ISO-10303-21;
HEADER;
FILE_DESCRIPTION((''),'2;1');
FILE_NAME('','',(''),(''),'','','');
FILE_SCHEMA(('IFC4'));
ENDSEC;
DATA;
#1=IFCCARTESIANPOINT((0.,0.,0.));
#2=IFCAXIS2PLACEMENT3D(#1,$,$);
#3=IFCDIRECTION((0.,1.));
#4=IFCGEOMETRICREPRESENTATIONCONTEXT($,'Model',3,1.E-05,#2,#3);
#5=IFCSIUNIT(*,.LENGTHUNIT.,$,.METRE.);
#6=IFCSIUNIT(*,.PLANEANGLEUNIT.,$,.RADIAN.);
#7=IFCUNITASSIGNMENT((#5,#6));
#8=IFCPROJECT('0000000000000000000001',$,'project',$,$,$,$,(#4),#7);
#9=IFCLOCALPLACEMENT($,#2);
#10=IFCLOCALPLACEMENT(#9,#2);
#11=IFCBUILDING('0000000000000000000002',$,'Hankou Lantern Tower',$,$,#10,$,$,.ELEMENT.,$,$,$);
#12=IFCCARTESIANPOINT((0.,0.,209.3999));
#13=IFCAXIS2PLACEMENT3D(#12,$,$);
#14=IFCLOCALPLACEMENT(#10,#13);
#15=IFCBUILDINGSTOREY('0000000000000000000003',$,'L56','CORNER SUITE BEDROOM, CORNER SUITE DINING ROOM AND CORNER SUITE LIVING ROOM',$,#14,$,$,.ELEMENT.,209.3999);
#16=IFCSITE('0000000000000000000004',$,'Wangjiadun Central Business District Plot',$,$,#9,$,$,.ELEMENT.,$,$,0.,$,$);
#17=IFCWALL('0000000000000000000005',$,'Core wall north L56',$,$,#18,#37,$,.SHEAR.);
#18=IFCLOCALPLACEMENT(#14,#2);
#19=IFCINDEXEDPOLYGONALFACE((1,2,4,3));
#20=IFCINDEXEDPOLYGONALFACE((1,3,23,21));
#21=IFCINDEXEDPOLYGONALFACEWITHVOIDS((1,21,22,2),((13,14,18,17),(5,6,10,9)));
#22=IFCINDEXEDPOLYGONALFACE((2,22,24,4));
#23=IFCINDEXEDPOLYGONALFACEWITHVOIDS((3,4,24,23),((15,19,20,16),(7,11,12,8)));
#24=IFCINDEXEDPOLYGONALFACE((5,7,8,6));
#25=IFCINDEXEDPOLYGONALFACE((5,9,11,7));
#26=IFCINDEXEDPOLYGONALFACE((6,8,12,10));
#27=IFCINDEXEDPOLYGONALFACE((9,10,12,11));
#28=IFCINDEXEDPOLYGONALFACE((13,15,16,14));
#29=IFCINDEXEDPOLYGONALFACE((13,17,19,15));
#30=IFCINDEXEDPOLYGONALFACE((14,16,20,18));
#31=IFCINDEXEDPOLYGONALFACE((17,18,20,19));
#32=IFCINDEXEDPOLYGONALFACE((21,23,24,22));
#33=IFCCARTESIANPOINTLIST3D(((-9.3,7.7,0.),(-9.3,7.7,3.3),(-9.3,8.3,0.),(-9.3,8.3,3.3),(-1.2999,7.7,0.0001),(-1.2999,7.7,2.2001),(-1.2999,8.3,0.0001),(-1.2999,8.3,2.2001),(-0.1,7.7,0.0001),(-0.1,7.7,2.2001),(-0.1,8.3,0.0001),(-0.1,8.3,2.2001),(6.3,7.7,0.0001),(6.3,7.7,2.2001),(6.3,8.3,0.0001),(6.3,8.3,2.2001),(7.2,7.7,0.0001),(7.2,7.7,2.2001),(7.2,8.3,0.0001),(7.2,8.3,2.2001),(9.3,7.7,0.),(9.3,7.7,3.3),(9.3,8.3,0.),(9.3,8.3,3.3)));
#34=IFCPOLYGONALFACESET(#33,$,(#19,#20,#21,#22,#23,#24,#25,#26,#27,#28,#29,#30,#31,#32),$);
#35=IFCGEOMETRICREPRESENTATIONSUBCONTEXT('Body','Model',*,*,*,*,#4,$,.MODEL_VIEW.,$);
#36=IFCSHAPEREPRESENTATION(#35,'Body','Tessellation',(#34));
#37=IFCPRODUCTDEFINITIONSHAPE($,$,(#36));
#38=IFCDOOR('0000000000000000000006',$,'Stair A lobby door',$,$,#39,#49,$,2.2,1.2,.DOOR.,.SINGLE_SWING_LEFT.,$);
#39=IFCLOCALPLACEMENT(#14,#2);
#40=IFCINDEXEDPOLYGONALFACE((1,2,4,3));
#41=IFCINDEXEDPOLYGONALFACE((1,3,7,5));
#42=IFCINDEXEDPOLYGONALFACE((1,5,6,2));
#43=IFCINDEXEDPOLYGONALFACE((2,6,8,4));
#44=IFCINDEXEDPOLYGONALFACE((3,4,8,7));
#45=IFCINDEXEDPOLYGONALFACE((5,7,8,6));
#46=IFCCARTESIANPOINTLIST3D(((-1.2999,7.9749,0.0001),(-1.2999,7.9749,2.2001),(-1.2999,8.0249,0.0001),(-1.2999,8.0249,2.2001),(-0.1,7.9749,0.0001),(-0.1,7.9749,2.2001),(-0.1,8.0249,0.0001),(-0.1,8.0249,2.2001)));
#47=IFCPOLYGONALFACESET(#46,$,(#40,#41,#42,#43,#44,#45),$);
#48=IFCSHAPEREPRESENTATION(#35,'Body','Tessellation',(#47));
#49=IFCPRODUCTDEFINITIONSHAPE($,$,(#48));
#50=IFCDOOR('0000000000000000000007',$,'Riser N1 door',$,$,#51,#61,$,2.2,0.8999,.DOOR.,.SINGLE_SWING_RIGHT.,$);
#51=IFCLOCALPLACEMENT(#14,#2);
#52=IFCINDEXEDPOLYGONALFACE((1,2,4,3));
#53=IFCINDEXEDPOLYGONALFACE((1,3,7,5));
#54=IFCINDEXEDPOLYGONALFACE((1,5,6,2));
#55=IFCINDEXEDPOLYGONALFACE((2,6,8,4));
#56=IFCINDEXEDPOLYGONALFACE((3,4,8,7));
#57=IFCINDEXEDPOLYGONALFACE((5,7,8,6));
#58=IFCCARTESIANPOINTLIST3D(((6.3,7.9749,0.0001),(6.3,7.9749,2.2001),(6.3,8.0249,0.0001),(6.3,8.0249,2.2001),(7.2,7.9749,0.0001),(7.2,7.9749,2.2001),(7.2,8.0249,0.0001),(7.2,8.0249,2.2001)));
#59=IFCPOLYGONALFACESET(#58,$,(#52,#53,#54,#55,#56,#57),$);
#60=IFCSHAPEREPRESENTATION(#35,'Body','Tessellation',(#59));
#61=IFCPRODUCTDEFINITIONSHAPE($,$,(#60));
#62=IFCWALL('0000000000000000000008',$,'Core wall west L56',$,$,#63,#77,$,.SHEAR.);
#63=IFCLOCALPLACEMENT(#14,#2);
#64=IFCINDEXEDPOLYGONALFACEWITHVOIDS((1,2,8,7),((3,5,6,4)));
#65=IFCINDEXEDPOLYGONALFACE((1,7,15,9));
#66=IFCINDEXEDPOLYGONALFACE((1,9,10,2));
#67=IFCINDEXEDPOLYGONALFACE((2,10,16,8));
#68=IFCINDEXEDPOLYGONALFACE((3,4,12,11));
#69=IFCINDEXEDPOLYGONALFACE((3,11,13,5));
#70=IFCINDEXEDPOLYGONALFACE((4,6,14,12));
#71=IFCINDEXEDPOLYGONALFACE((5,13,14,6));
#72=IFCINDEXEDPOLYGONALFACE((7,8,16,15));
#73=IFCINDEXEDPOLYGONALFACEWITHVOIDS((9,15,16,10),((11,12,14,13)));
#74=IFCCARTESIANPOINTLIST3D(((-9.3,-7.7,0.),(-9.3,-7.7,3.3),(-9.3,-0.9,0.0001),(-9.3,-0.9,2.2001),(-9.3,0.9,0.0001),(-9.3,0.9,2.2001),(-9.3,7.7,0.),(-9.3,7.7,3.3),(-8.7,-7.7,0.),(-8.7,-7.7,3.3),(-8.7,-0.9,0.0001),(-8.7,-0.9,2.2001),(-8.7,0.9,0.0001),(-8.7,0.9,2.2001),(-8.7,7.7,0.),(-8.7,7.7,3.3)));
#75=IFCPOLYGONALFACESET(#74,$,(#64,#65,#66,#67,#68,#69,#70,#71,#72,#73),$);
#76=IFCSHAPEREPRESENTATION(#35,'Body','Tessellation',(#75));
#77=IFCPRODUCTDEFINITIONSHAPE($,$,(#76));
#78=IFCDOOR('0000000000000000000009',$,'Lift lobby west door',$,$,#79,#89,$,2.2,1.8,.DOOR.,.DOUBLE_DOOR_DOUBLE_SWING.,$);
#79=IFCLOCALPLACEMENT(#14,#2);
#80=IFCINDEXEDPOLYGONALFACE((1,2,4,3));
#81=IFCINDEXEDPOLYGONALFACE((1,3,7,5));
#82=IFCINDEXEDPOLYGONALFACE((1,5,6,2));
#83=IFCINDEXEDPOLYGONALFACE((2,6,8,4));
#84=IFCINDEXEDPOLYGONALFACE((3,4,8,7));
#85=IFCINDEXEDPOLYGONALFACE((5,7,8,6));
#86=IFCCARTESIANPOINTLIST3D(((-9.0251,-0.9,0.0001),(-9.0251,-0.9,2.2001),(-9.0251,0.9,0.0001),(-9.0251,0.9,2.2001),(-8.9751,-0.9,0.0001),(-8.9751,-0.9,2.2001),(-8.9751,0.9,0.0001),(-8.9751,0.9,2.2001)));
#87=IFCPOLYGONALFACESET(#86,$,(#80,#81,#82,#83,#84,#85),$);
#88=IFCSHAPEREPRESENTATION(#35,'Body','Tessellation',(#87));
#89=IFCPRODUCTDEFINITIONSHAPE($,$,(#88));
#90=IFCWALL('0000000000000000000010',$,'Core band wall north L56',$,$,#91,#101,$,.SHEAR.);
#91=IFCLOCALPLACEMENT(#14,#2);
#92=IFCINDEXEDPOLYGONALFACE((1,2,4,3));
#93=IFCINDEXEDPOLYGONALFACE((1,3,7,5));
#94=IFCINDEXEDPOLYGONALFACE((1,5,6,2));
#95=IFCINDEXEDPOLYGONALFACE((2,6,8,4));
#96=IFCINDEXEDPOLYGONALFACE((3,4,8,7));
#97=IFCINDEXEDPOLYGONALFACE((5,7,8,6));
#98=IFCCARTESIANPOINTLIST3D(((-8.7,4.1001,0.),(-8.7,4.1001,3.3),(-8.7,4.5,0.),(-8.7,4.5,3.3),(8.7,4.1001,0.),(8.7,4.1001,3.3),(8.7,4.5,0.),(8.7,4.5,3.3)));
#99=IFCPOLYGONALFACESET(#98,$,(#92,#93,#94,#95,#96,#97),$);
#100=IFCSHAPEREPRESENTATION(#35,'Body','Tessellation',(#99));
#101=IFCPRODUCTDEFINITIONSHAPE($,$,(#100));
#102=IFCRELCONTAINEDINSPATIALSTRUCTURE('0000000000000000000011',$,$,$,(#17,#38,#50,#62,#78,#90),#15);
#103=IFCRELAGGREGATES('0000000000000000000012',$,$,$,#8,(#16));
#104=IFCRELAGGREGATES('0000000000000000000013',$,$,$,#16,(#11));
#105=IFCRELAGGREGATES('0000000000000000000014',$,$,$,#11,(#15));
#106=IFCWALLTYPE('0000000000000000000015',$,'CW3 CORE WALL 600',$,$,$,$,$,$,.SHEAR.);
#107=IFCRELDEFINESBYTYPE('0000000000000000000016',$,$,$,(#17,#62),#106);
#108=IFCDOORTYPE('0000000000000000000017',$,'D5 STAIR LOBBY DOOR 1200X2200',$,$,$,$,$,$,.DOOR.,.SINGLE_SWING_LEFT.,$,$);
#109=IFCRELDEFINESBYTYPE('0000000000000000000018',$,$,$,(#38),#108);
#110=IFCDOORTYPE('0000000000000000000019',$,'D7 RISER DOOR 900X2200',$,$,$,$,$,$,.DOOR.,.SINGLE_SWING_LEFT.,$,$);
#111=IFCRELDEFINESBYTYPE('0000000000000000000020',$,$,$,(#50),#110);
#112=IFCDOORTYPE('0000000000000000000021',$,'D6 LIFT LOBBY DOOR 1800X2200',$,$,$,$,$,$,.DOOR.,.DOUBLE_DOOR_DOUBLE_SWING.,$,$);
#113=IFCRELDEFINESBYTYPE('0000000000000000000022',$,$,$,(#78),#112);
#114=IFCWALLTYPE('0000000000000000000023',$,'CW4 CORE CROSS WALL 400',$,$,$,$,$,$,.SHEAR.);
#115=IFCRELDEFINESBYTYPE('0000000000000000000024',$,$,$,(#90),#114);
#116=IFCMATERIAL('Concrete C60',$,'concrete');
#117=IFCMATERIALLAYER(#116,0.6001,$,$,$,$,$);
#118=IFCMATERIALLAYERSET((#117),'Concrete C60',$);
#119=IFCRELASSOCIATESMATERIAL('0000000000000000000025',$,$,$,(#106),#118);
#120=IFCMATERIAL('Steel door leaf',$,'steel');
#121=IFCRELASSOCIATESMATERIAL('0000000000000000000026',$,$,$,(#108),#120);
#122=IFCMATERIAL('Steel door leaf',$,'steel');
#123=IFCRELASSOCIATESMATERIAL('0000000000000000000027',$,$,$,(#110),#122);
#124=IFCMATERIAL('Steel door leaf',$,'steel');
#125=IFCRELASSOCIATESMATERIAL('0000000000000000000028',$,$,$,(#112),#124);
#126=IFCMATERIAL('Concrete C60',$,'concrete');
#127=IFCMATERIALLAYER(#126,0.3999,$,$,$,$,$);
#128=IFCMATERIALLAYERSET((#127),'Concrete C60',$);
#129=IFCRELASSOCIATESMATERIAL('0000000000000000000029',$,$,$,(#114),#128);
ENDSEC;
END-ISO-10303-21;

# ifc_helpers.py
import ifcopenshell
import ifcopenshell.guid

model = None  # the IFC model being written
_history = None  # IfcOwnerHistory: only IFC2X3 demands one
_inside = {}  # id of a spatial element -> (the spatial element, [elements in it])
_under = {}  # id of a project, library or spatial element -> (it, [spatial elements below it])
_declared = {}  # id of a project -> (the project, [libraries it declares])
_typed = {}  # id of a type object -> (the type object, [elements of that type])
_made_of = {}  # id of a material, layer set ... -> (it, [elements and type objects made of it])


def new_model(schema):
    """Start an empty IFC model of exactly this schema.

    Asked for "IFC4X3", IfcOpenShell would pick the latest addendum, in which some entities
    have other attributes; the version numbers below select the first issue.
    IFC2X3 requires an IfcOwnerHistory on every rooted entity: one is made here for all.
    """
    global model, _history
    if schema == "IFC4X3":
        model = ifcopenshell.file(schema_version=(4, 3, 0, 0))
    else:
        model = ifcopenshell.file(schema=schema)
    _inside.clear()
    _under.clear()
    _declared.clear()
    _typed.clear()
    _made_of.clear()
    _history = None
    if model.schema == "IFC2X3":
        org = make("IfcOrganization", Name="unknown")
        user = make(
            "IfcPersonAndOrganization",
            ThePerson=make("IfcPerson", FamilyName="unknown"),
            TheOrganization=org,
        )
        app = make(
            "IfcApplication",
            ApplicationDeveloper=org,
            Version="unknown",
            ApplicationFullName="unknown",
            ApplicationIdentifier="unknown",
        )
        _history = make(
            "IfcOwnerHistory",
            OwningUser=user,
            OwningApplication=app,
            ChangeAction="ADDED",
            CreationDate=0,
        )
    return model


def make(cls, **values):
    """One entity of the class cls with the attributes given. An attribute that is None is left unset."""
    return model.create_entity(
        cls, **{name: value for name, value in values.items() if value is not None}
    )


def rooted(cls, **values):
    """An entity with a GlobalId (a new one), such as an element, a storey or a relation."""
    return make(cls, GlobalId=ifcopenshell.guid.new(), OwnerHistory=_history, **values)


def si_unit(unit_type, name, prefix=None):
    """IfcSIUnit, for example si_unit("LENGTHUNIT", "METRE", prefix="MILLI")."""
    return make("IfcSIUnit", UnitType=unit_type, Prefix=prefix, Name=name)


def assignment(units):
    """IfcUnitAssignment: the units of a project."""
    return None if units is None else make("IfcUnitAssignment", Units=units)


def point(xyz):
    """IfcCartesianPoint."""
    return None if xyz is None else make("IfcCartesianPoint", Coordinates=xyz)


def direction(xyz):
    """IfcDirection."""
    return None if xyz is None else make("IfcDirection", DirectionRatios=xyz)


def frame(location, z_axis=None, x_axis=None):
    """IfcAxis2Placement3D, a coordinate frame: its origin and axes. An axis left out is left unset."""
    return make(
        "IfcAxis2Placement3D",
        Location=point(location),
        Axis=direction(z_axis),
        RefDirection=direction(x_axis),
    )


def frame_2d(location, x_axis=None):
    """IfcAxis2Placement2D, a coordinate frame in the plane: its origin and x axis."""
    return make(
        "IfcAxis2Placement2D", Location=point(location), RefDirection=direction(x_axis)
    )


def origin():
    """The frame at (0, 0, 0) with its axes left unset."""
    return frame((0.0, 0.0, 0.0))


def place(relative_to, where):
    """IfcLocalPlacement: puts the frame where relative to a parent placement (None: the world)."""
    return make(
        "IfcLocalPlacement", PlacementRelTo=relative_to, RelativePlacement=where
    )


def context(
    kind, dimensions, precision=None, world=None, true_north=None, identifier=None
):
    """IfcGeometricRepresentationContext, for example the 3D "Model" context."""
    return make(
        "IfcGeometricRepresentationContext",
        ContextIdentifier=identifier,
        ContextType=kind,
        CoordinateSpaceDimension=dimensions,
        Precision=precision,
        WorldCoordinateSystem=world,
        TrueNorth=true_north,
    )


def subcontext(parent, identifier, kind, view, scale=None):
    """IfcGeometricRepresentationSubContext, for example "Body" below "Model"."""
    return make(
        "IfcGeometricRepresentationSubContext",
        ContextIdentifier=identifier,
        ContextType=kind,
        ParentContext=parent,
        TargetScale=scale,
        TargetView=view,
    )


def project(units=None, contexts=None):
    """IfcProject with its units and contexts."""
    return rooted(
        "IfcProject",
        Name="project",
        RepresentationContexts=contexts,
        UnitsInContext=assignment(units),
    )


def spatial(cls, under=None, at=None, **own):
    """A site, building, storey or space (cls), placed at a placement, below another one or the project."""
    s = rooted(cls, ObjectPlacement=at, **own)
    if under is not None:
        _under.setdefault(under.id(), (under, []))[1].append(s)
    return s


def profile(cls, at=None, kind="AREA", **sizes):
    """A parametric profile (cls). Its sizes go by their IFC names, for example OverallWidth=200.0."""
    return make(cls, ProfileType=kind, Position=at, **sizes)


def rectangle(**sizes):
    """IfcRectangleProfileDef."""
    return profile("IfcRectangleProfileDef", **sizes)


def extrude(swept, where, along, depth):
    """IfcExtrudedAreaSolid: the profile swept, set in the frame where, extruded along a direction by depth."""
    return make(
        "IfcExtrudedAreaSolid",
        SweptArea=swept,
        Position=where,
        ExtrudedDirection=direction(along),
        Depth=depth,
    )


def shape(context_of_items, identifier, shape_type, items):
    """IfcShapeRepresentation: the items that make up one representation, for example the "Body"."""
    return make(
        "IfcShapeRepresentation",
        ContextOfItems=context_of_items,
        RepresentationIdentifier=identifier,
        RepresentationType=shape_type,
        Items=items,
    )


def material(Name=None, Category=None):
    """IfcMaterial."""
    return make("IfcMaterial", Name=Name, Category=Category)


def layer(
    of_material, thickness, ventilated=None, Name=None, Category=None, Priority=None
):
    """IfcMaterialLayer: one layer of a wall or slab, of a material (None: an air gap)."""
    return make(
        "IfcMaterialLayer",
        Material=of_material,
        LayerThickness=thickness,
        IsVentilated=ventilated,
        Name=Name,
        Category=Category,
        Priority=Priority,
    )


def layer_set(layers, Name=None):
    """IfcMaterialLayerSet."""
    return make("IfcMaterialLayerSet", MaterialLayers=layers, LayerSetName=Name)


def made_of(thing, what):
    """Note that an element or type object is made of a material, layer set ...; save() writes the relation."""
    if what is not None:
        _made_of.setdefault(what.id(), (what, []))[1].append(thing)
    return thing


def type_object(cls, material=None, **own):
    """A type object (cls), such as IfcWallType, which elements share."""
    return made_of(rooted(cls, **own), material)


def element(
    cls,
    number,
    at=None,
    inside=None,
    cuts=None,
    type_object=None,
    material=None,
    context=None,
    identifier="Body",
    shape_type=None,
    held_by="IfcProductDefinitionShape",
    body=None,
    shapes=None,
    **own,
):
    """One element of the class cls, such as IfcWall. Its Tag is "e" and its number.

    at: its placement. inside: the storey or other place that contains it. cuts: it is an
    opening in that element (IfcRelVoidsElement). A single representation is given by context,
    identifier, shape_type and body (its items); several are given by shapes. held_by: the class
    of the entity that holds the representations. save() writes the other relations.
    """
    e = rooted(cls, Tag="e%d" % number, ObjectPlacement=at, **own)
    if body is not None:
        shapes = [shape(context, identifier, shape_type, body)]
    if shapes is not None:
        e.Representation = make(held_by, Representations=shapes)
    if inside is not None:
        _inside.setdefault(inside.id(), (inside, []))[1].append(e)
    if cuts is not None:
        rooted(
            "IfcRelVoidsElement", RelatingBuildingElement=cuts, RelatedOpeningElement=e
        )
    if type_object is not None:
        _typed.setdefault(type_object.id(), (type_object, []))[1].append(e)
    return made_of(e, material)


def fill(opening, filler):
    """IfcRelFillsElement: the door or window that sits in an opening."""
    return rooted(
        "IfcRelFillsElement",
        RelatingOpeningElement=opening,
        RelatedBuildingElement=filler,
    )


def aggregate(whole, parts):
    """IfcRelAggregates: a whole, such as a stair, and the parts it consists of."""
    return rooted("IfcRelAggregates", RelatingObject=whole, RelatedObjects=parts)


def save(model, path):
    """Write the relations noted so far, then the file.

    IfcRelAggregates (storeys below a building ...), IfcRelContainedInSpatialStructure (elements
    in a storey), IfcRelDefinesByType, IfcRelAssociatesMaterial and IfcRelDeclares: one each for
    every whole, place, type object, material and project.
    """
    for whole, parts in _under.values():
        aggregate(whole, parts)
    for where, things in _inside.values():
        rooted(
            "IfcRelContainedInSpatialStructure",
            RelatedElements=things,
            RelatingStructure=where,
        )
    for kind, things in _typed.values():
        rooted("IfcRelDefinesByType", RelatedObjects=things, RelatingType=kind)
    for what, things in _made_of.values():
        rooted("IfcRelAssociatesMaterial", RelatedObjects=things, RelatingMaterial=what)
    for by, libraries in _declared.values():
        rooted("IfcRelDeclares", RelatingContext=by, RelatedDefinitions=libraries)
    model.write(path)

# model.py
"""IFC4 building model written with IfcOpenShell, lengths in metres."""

from ifc_helpers import new_model, si_unit, direction, frame, frame_2d, origin, place, context, subcontext, project, spatial, rectangle, extrude, material, layer, layer_set, type_object, element, fill, save


model = new_model("IFC4")

# Units and contexts
model_context = context("Model", 3, precision=1e-05, world=origin(), true_north=direction((0.0, 1.0)))
body_context = subcontext(model_context, "Body", "Model", "MODEL_VIEW")
ifc_project = project(units=[si_unit("LENGTHUNIT", "METRE"), si_unit("PLANEANGLEUNIT", "RADIAN")], contexts=[model_context])

# Site, building, storey
site_placement = place(None, origin())
site = spatial("IfcSite", under=ifc_project, at=site_placement, Name="Wangjiadun Central Business District Plot", CompositionType="ELEMENT", RefElevation=0.0)
building_placement = place(site_placement, origin())
building = spatial("IfcBuilding", under=site, at=building_placement, Name="Hankou Lantern Tower", CompositionType="ELEMENT")
storey_placement = place(building_placement, frame((0.0, 0.0, 209.3999)))
storey = spatial("IfcBuildingStorey", under=building, at=storey_placement, Name="L56", Description="CORNER SUITE BEDROOM, CORNER SUITE DINING ROOM AND CORNER SUITE LIVING ROOM", CompositionType="ELEMENT", Elevation=209.3999)

# Wall, openings, doors
ifc_material_1 = material(Name="Concrete C60", Category="concrete")
ifc_layer_1 = layer(ifc_material_1, 0.6001)
ifc_layer_set_1 = layer_set([ifc_layer_1], Name="Concrete C60")
wall_type_1 = type_object("IfcWallType", Name="CW3 CORE WALL 600", PredefinedType="SHEAR", material=ifc_layer_set_1)
wall_1_placement = place(storey_placement, frame((-9.3, 8.0, 0.0), z_axis=(0.0, 0.0, 1.0), x_axis=(1.0, 0.0, 0.0)))
wall_1 = element("IfcWall", 1, at=wall_1_placement, inside=storey, type_object=wall_type_1, Name="Core wall north L56", PredefinedType="SHEAR", context=body_context, shape_type="SweptSolid", body=[
    extrude(rectangle(XDim=18.6001, YDim=0.6001, at=frame_2d((9.3, 0.0))), origin(), (0.0, 0.0, 1.0), 3.3),
])
opening_1_placement = place(wall_1_placement, frame((8.0, 0.0, 0.0)))
opening_1 = element("IfcOpeningElement", 2, at=opening_1_placement, cuts=wall_1, PredefinedType="OPENING", context=body_context, shape_type="SweptSolid", body=[
    extrude(rectangle(XDim=1.2, YDim=2.2, at=frame_2d((0.6001, 1.1001))), frame((0.0, 0.3101, 0.0), z_axis=(0.0, -1.0, 0.0), x_axis=(1.0, 0.0, 0.0)), (0.0, 0.0, 1.0), 0.6201),
])
opening_2_placement = place(wall_1_placement, frame((15.6001, 0.0, 0.0)))
opening_2 = element("IfcOpeningElement", 3, at=opening_2_placement, cuts=wall_1, PredefinedType="OPENING", context=body_context, shape_type="SweptSolid", body=[
    extrude(rectangle(XDim=0.8999, YDim=2.2, at=frame_2d((0.45, 1.1001))), frame((0.0, 0.3101, 0.0), z_axis=(0.0, -1.0, 0.0), x_axis=(1.0, 0.0, 0.0)), (0.0, 0.0, 1.0), 0.6201),
])
ifc_material_2 = material(Name="Steel door leaf", Category="steel")
door_type_1 = type_object("IfcDoorType", Name="D5 STAIR LOBBY DOOR 1200X2200", OperationType="SINGLE_SWING_LEFT", PredefinedType="DOOR", material=ifc_material_2)
door_1_placement = place(opening_1_placement, origin())
door_1 = element("IfcDoor", 4, at=door_1_placement, inside=storey, type_object=door_type_1, Name="Stair A lobby door", OperationType="SINGLE_SWING_LEFT", OverallHeight=2.2, OverallWidth=1.2, PredefinedType="DOOR", context=body_context, shape_type="SweptSolid", body=[
    extrude(rectangle(XDim=1.2, YDim=2.2, at=frame_2d((0.6001, 1.1001))), frame((0.0, 0.0249, 0.0), z_axis=(0.0, -1.0, 0.0), x_axis=(1.0, 0.0, 0.0)), (0.0, 0.0, 1.0), 0.05),
])
fill(opening_1, door_1)
ifc_material_3 = material(Name="Steel door leaf", Category="steel")
door_type_2 = type_object("IfcDoorType", Name="D7 RISER DOOR 900X2200", OperationType="SINGLE_SWING_LEFT", PredefinedType="DOOR", material=ifc_material_3)
door_2_placement = place(opening_2_placement, origin())
door_2 = element("IfcDoor", 5, at=door_2_placement, inside=storey, type_object=door_type_2, Name="Riser N1 door", OperationType="SINGLE_SWING_RIGHT", OverallHeight=2.2, OverallWidth=0.8999, PredefinedType="DOOR", context=body_context, shape_type="SweptSolid", body=[
    extrude(rectangle(XDim=0.8999, YDim=2.2, at=frame_2d((0.45, 1.1001))), frame((0.0, 0.0249, 0.0), z_axis=(0.0, -1.0, 0.0), x_axis=(1.0, 0.0, 0.0)), (0.0, 0.0, 1.0), 0.05),
])
fill(opening_2, door_2)

# Wall, opening, door
wall_2_placement = place(storey_placement, frame((-9.0, 7.7, 0.0), z_axis=(0.0, 0.0, 1.0), x_axis=(0.0, -1.0, 0.0)))
wall_2 = element("IfcWall", 6, at=wall_2_placement, inside=storey, type_object=wall_type_1, Name="Core wall west L56", PredefinedType="SHEAR", context=body_context, shape_type="SweptSolid", body=[
    extrude(rectangle(XDim=15.3999, YDim=0.6001, at=frame_2d((7.7, 0.0))), origin(), (0.0, 0.0, 1.0), 3.3),
])
opening_3_placement = place(wall_2_placement, frame((6.8, 0.0, 0.0)))
opening_3 = element("IfcOpeningElement", 7, at=opening_3_placement, cuts=wall_2, PredefinedType="OPENING", context=body_context, shape_type="SweptSolid", body=[
    extrude(rectangle(XDim=1.8, YDim=2.2, at=frame_2d((0.8999, 1.1001))), frame((0.0, 0.3101, 0.0), z_axis=(0.0, -1.0, 0.0), x_axis=(1.0, 0.0, 0.0)), (0.0, 0.0, 1.0), 0.6201),
])
ifc_material_4 = material(Name="Steel door leaf", Category="steel")
door_type_3 = type_object("IfcDoorType", Name="D6 LIFT LOBBY DOOR 1800X2200", OperationType="DOUBLE_DOOR_DOUBLE_SWING", PredefinedType="DOOR", material=ifc_material_4)
door_3_placement = place(opening_3_placement, origin())
door_3 = element("IfcDoor", 8, at=door_3_placement, inside=storey, type_object=door_type_3, Name="Lift lobby west door", OperationType="DOUBLE_DOOR_DOUBLE_SWING", OverallHeight=2.2, OverallWidth=1.8, PredefinedType="DOOR", context=body_context, shape_type="SweptSolid", body=[
    extrude(rectangle(XDim=1.8, YDim=2.2, at=frame_2d((0.8999, 1.1001))), frame((0.0, 0.0249, 0.0), z_axis=(0.0, -1.0, 0.0), x_axis=(1.0, 0.0, 0.0)), (0.0, 0.0, 1.0), 0.05),
])
fill(opening_3, door_3)

# Wall
ifc_material_5 = material(Name="Concrete C60", Category="concrete")
ifc_layer_2 = layer(ifc_material_5, 0.3999)
ifc_layer_set_2 = layer_set([ifc_layer_2], Name="Concrete C60")
wall_type_2 = type_object("IfcWallType", Name="CW4 CORE CROSS WALL 400", PredefinedType="SHEAR", material=ifc_layer_set_2)
wall_3_placement = place(storey_placement, frame((-8.7, 4.3, 0.0), z_axis=(0.0, 0.0, 1.0), x_axis=(1.0, 0.0, 0.0)))
element("IfcWall", 9, at=wall_3_placement, inside=storey, type_object=wall_type_2, Name="Core band wall north L56", PredefinedType="SHEAR", context=body_context, shape_type="SweptSolid", body=[
    extrude(rectangle(XDim=17.3999, YDim=0.3999, at=frame_2d((8.7, 0.0))), origin(), (0.0, 0.0, 1.0), 3.3),
])

save(model, "model.ifc")
